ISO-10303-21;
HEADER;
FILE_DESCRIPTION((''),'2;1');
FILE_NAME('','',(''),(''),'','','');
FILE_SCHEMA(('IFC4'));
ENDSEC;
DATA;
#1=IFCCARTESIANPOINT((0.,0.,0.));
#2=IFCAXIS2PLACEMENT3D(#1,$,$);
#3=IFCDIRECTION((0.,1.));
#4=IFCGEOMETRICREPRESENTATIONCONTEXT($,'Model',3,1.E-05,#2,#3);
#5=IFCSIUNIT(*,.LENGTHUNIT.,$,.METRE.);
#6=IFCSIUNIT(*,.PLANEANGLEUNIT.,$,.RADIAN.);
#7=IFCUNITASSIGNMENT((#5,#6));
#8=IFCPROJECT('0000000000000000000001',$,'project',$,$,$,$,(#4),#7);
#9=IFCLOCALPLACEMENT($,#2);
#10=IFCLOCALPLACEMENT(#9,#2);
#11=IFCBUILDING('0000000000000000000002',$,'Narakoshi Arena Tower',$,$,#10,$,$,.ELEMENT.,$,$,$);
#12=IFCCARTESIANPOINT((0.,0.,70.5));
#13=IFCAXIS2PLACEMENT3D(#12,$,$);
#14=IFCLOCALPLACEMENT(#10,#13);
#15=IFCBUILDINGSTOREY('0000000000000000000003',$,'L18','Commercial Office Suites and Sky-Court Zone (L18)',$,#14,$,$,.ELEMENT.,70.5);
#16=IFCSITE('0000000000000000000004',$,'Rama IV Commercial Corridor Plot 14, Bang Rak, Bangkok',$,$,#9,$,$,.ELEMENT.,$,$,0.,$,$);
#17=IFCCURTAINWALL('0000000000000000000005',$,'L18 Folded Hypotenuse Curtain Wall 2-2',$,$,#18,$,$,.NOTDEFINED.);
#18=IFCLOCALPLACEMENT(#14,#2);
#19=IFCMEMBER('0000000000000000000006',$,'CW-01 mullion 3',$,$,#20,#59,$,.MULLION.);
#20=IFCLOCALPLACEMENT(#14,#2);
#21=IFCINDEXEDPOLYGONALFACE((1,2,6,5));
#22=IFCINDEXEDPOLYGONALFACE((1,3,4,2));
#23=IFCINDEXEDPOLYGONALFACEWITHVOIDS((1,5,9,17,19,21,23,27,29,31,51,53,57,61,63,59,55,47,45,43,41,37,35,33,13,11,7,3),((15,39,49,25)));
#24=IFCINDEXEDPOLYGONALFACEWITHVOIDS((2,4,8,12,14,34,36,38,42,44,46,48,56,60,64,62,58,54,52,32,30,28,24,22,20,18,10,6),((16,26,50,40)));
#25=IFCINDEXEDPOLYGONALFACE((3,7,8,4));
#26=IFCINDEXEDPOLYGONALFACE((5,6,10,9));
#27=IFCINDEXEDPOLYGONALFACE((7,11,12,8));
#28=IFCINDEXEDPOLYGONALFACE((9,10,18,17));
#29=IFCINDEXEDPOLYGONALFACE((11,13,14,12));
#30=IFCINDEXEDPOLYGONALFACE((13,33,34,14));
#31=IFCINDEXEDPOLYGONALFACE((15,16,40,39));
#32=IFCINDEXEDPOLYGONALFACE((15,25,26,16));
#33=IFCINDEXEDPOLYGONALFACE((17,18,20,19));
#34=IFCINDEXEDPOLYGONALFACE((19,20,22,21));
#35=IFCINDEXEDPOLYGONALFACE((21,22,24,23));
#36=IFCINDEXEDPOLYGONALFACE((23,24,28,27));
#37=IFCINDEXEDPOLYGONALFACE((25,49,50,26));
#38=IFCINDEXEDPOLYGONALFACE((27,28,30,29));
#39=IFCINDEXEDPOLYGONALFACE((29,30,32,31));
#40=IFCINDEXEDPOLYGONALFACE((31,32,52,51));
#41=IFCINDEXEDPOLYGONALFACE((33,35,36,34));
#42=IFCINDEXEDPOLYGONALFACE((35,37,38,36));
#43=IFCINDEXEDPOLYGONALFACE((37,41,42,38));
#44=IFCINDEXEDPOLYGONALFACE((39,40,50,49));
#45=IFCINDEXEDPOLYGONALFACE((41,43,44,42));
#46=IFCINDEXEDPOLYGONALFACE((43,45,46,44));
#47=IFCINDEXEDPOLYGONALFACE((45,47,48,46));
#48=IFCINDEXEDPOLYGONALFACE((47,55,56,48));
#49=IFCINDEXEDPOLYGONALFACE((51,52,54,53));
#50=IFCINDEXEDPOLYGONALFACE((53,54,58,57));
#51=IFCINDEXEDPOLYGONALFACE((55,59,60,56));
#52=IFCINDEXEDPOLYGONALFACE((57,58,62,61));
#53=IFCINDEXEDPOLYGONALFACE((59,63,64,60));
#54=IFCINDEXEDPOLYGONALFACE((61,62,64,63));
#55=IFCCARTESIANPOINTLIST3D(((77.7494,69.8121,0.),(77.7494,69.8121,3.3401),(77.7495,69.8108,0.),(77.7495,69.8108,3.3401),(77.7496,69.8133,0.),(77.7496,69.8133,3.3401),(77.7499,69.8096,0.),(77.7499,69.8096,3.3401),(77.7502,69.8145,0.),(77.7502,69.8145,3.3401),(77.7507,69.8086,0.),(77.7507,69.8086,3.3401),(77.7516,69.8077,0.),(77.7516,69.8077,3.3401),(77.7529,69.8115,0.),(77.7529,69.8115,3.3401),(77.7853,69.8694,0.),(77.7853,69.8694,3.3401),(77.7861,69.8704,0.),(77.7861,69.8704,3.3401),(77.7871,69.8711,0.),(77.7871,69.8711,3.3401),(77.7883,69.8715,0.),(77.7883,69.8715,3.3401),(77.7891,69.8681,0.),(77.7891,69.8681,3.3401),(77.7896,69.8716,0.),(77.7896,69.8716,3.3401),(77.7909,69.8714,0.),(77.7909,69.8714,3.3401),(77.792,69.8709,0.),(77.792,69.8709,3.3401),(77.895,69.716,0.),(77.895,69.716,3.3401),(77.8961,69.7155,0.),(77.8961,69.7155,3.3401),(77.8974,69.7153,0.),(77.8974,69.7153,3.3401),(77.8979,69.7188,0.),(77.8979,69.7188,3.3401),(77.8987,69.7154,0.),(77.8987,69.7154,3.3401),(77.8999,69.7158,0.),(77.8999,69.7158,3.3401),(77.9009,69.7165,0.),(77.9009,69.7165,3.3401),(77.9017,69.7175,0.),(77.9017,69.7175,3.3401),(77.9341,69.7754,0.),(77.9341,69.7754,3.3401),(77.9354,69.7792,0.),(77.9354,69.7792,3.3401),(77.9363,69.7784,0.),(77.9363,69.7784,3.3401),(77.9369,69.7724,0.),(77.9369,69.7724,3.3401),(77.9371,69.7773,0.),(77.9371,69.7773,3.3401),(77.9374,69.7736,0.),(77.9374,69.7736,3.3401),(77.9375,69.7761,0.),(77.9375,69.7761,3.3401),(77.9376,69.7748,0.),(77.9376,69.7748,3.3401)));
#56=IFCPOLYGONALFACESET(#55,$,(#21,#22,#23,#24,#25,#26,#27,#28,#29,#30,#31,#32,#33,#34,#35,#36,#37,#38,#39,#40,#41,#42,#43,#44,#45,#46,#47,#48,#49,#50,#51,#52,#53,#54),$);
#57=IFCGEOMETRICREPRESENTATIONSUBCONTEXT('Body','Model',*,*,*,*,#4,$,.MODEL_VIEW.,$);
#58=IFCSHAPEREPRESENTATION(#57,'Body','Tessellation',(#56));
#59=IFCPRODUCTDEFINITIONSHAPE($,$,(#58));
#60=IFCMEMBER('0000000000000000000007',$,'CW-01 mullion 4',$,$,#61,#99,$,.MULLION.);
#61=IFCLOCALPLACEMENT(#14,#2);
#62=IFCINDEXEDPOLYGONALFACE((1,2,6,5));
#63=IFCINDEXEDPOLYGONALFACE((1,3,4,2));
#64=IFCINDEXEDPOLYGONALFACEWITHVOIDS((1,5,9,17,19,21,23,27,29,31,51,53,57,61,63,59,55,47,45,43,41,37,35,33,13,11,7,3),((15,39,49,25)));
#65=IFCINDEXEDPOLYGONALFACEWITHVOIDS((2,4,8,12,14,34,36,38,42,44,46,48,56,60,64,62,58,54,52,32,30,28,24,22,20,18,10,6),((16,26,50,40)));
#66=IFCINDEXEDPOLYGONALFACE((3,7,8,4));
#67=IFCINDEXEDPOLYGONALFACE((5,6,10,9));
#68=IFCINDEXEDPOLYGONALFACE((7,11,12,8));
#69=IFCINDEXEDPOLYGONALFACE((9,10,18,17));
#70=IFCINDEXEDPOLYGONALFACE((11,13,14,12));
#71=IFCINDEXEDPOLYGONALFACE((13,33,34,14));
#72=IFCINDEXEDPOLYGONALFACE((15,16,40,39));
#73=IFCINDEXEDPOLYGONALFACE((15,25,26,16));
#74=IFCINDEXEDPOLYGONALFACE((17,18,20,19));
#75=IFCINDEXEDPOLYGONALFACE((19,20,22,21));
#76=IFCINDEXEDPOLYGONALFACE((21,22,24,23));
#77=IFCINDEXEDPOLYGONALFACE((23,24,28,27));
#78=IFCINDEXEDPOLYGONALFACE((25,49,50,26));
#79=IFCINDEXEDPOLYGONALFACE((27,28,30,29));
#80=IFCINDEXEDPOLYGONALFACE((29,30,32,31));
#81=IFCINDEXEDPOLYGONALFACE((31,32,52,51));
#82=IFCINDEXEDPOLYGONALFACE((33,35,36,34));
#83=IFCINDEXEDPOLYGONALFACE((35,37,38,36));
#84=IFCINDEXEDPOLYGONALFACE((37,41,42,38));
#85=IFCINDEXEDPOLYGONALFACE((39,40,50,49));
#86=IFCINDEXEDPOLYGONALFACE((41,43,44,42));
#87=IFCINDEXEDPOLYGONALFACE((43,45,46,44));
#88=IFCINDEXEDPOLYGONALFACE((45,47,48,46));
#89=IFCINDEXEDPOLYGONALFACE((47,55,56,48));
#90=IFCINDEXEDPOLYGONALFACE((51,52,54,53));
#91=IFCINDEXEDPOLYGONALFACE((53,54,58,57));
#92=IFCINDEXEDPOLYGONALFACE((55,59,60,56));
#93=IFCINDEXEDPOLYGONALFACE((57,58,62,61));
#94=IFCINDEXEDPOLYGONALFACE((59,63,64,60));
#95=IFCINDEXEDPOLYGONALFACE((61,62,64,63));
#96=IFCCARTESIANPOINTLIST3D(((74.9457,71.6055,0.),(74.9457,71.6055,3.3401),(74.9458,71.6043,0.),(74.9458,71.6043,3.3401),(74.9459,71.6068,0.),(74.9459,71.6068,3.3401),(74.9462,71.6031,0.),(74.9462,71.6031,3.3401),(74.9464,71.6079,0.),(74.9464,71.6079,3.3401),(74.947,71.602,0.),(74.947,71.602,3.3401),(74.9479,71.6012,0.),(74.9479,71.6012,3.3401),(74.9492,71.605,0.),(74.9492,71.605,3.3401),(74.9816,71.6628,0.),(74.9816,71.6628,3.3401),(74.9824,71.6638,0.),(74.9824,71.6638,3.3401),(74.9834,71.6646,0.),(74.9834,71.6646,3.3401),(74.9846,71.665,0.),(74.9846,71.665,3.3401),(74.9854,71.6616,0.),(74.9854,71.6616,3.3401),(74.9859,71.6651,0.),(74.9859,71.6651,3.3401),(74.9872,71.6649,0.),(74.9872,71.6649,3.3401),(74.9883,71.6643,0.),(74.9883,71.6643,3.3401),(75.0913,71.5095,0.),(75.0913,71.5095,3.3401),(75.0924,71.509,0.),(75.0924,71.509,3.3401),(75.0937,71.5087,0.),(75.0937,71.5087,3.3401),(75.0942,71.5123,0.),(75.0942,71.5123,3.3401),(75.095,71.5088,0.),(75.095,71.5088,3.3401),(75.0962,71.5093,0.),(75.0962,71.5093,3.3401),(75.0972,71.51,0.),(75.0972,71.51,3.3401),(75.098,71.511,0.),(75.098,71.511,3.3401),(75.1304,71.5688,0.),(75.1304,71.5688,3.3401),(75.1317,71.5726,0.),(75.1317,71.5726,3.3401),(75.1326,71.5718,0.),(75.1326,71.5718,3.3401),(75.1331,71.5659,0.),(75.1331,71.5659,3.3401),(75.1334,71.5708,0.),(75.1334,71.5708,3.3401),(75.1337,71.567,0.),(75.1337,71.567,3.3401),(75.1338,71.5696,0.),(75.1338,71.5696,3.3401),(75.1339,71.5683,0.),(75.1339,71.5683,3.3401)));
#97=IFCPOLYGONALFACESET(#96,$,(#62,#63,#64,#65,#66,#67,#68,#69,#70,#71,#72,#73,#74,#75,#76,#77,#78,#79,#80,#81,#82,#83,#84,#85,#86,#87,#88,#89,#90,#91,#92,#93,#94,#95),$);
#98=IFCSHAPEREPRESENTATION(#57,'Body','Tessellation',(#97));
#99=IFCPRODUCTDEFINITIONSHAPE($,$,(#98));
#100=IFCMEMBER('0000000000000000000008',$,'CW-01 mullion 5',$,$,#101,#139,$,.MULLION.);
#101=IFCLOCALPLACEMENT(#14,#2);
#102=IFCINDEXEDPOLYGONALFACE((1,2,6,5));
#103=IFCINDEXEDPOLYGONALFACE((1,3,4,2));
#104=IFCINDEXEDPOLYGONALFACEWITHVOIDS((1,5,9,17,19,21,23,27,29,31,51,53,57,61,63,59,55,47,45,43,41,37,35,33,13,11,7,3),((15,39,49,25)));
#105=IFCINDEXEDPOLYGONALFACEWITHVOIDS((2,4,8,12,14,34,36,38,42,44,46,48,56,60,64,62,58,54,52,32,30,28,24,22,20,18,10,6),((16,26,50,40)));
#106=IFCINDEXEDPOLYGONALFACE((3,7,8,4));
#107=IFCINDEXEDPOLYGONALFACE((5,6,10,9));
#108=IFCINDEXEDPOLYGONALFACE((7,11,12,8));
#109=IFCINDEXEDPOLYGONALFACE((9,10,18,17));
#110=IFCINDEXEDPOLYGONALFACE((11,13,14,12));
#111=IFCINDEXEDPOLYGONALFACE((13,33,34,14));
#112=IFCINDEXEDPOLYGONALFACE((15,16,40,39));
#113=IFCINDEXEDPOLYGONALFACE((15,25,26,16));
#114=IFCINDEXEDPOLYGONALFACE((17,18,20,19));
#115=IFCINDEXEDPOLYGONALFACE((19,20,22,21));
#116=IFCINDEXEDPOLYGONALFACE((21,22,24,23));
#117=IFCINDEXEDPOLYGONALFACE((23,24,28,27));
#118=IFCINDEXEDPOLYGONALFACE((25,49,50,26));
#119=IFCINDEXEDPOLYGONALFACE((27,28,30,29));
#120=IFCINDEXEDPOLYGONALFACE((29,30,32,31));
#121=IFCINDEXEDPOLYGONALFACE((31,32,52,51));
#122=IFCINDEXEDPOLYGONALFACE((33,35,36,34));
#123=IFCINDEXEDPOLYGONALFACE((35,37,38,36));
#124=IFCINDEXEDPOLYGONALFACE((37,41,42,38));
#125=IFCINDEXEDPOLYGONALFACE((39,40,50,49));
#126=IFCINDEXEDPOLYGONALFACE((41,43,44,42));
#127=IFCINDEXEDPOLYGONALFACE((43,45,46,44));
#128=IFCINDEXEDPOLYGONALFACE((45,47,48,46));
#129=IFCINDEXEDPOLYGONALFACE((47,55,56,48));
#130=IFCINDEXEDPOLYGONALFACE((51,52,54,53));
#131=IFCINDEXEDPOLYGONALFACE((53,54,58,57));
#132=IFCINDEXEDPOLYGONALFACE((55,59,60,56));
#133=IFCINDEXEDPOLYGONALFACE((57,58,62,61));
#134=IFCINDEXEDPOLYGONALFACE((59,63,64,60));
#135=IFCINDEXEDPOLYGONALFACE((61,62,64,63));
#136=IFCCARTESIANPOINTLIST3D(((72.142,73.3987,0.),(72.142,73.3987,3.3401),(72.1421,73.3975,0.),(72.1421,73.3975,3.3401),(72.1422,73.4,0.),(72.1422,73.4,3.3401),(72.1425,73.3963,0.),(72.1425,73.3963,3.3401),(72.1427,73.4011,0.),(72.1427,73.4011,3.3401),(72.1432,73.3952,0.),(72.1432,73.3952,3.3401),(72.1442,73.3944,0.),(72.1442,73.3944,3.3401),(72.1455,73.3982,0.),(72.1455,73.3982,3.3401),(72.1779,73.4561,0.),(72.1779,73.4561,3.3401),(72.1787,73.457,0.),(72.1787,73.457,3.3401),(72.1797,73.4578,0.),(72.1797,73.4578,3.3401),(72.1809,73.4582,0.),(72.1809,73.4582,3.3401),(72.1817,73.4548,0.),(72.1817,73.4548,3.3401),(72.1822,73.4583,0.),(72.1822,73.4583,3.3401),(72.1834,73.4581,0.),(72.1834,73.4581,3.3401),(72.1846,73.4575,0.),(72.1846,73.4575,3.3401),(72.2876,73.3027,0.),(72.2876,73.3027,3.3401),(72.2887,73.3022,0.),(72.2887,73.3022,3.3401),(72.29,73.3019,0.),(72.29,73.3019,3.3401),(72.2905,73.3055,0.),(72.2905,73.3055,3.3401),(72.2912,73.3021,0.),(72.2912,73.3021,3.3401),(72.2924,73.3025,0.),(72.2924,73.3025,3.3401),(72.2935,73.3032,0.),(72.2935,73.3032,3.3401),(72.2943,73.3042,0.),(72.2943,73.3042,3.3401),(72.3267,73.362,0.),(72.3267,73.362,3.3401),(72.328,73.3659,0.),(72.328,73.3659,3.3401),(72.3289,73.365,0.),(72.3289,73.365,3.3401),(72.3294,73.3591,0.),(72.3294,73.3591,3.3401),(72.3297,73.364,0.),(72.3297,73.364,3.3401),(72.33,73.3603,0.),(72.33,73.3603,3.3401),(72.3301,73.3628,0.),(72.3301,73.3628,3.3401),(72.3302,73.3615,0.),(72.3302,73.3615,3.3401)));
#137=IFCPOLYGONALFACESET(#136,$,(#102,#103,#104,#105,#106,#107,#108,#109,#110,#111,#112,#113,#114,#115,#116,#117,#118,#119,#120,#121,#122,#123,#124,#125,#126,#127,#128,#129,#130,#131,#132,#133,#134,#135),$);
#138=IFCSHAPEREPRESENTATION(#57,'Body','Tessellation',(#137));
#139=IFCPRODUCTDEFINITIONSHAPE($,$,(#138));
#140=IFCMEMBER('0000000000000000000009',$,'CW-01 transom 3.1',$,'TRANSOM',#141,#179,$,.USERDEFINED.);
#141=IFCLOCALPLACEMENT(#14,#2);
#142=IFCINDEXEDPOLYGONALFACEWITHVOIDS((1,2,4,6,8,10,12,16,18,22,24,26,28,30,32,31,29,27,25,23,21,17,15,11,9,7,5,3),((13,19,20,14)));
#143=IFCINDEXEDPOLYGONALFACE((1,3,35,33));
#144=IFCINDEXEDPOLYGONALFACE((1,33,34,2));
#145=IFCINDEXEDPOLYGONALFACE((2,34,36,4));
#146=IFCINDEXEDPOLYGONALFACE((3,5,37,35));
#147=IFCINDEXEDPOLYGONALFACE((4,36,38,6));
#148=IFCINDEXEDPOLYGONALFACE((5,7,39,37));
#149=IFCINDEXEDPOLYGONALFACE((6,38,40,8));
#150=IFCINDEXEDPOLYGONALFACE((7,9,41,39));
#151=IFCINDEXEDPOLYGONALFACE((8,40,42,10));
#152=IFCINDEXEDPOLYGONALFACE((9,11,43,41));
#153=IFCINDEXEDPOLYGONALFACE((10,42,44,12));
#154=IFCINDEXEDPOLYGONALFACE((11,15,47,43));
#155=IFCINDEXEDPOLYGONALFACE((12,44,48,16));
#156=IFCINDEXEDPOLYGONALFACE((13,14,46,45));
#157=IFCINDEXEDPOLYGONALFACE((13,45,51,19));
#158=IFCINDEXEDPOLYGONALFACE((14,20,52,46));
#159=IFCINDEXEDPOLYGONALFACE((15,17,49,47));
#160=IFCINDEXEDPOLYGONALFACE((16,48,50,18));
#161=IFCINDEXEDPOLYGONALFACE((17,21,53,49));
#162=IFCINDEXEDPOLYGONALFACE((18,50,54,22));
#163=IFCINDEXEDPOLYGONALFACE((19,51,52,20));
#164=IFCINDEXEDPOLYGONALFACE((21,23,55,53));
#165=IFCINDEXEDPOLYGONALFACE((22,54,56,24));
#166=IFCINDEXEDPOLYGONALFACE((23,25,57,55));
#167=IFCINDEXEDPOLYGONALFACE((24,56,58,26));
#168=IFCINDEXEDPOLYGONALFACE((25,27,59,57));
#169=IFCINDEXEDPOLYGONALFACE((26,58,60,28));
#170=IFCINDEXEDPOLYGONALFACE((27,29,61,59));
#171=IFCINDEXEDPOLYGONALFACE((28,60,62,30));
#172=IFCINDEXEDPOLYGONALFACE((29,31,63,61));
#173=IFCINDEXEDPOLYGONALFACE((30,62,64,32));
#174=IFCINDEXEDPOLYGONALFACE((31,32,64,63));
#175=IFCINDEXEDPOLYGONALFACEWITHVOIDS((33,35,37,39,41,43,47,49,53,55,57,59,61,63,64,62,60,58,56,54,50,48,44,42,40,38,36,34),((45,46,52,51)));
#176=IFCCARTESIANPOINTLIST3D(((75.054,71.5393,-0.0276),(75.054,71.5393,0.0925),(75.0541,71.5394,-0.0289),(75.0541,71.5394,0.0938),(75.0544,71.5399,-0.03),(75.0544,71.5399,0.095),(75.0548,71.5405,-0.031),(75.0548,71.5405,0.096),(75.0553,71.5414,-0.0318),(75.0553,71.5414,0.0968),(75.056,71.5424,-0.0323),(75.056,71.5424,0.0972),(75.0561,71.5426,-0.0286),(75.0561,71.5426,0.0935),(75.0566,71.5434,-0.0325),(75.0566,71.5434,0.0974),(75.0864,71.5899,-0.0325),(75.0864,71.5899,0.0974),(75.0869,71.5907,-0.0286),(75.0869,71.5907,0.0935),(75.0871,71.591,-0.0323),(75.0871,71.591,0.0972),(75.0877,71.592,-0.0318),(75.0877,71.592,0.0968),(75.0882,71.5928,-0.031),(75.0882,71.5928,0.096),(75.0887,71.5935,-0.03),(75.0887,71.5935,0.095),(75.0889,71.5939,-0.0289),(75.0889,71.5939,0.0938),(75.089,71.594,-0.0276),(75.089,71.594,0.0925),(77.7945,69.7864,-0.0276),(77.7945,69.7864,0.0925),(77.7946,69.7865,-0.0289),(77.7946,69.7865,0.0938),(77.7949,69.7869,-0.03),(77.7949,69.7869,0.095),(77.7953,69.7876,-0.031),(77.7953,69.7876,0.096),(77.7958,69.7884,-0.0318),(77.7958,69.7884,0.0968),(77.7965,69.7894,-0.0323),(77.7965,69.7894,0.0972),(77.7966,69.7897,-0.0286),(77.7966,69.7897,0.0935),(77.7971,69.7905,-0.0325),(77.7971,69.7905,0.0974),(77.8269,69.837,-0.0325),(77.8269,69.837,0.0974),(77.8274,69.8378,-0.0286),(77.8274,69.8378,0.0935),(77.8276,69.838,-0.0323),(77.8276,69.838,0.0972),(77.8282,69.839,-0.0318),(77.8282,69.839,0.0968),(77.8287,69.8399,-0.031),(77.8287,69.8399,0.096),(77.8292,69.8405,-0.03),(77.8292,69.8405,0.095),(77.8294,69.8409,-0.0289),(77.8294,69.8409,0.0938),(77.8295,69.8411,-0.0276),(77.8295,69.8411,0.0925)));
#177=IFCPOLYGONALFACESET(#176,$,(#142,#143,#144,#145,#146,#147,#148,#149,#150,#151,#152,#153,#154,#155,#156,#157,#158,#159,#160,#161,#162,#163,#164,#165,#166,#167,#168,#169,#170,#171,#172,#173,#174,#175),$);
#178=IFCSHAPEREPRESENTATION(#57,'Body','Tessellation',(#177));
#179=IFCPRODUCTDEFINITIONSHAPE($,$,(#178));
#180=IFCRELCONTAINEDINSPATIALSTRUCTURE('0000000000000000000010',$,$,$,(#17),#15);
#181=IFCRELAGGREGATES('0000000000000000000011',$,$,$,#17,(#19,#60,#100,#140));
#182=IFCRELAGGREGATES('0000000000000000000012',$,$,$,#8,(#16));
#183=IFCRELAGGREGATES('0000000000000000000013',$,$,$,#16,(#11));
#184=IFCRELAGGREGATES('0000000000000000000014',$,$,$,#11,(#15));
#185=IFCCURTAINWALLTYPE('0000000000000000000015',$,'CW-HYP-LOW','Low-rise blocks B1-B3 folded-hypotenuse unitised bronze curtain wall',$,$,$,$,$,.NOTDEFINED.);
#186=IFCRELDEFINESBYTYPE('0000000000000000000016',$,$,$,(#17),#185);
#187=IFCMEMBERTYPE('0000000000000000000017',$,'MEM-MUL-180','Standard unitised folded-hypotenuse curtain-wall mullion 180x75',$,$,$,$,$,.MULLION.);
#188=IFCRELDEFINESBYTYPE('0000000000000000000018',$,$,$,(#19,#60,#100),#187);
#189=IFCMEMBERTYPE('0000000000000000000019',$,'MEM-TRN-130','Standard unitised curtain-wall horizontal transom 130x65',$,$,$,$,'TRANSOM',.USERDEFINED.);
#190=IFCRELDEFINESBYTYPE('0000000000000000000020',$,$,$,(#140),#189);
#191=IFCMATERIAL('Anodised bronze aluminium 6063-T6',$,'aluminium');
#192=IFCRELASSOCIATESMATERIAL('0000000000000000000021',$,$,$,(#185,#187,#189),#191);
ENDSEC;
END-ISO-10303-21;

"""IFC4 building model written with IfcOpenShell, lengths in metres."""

from ifc_helpers import new_model, si_unit, direction, frame, origin, origin_2d, place, context, subcontext, project, spatial, hollow_rectangle, extrude, material, material_profile, profile_set, type_object, element, aggregate, save


model = new_model("IFC4")

# Units and contexts
model_context = context("Model", 3, precision=1e-05, world=origin(), true_north=direction((0.0, 1.0)))
body_context = subcontext(model_context, "Body", "Model", "MODEL_VIEW")
ifc_project = project(units=[si_unit("LENGTHUNIT", "METRE"), si_unit("PLANEANGLEUNIT", "RADIAN")], contexts=[model_context])

# Site, building, storey
site_placement = place(None, origin())
site = spatial("IfcSite", under=ifc_project, at=site_placement, Name="Rama IV Commercial Corridor Plot 14, Bang Rak, Bangkok", CompositionType="ELEMENT", RefElevation=0.0)
building_placement = place(site_placement, origin())
building = spatial("IfcBuilding", under=site, at=building_placement, Name="Narakoshi Arena Tower", CompositionType="ELEMENT")
storey_placement = place(building_placement, frame((0.0, 0.0, 70.5)))
storey = spatial("IfcBuildingStorey", under=building, at=storey_placement, Name="L18", Description="Commercial Office Suites and Sky-Court Zone (L18)", CompositionType="ELEMENT", Elevation=70.5)

# Curtain wall, members
ifc_material_1 = material(Name="Anodised bronze aluminium 6063-T6", Category="aluminium")
curtain_wall_type = type_object("IfcCurtainWallType", Name="CW-HYP-LOW", Description="Low-rise blocks B1-B3 folded-hypotenuse unitised bronze curtain wall", PredefinedType="NOTDEFINED", material=ifc_material_1)
curtain_wall_placement = place(storey_placement, origin())
curtain_wall = element("IfcCurtainWall", 1, at=curtain_wall_placement, inside=storey, type_object=curtain_wall_type, Name="L18 Folded Hypotenuse Curtain Wall 2-2", PredefinedType="NOTDEFINED")
ifc_material_profile_1 = material_profile(ifc_material_1, hollow_rectangle(XDim=0.075, YDim=0.1799, WallThickness=0.0039, OuterFilletRadius=0.0049, at=origin_2d()), Name="MUL180x75x4")
ifc_profile_set_1 = profile_set([ifc_material_profile_1], Name="Anodised bronze aluminium 6063-T6")
member_type_1 = type_object("IfcMemberType", Name="MEM-MUL-180", Description="Standard unitised folded-hypotenuse curtain-wall mullion 180x75", PredefinedType="MULLION", material=ifc_profile_set_1)
member_1_placement = place(storey_placement, frame((77.8435, 69.7935, 0.0), z_axis=(0.0, 0.0, 1.0), x_axis=(-0.538829, -0.842415, 0.0)))
member_1 = element("IfcMember", 2, at=member_1_placement, type_object=member_type_1, Name="CW-01 mullion 3", PredefinedType="MULLION", context=body_context, shape_type="SweptSolid", body=[
    extrude(hollow_rectangle(XDim=0.075, YDim=0.1799, WallThickness=0.0039, OuterFilletRadius=0.0049, at=origin_2d()), origin(), (0.0, 0.0, 1.0), 3.3401),
])
member_2_placement = place(storey_placement, frame((75.0398, 71.5869, 0.0), z_axis=(0.0, 0.0, 1.0), x_axis=(-0.538829, -0.842415, 0.0)))
member_2 = element("IfcMember", 3, at=member_2_placement, type_object=member_type_1, Name="CW-01 mullion 4", PredefinedType="MULLION", context=body_context, shape_type="SweptSolid", body=[
    extrude(hollow_rectangle(XDim=0.075, YDim=0.1799, WallThickness=0.0039, OuterFilletRadius=0.0049, at=origin_2d()), origin(), (0.0, 0.0, 1.0), 3.3401),
])
member_3_placement = place(storey_placement, frame((72.2361, 73.3801, 0.0), z_axis=(0.0, 0.0, 1.0), x_axis=(-0.538829, -0.842415, 0.0)))
member_3 = element("IfcMember", 4, at=member_3_placement, type_object=member_type_1, Name="CW-01 mullion 5", PredefinedType="MULLION", context=body_context, shape_type="SweptSolid", body=[
    extrude(hollow_rectangle(XDim=0.075, YDim=0.1799, WallThickness=0.0039, OuterFilletRadius=0.0049, at=origin_2d()), origin(), (0.0, 0.0, 1.0), 3.3401),
])
ifc_material_profile_2 = material_profile(ifc_material_1, hollow_rectangle(XDim=0.0649, YDim=0.1299, WallThickness=0.0039, OuterFilletRadius=0.0049, at=origin_2d()), Name="TRN130x65x4")
ifc_profile_set_2 = profile_set([ifc_material_profile_2], Name="Anodised bronze aluminium 6063-T6")
member_type_2 = type_object("IfcMemberType", Name="MEM-TRN-130", Description="Standard unitised curtain-wall horizontal transom 130x65", ElementType="TRANSOM", PredefinedType="USERDEFINED", material=ifc_profile_set_2)
member_4_placement = place(storey_placement, frame((77.812, 69.8137, 0.0325), z_axis=(-0.842408, 0.538841, 0.0), x_axis=(-0.538841, -0.842408, 0.0)))
member_4 = element("IfcMember", 5, at=member_4_placement, type_object=member_type_2, Name="CW-01 transom 3.1", ObjectType="TRANSOM", PredefinedType="USERDEFINED", context=body_context, shape_type="SweptSolid", body=[
    extrude(hollow_rectangle(XDim=0.0649, YDim=0.1299, WallThickness=0.0039, OuterFilletRadius=0.0049, at=origin_2d()), origin(), (0.0, 0.0, 1.0), 3.2532),
])
aggregate(curtain_wall, [member_1, member_2, member_3, member_4])

save(model, "model.ifc")
